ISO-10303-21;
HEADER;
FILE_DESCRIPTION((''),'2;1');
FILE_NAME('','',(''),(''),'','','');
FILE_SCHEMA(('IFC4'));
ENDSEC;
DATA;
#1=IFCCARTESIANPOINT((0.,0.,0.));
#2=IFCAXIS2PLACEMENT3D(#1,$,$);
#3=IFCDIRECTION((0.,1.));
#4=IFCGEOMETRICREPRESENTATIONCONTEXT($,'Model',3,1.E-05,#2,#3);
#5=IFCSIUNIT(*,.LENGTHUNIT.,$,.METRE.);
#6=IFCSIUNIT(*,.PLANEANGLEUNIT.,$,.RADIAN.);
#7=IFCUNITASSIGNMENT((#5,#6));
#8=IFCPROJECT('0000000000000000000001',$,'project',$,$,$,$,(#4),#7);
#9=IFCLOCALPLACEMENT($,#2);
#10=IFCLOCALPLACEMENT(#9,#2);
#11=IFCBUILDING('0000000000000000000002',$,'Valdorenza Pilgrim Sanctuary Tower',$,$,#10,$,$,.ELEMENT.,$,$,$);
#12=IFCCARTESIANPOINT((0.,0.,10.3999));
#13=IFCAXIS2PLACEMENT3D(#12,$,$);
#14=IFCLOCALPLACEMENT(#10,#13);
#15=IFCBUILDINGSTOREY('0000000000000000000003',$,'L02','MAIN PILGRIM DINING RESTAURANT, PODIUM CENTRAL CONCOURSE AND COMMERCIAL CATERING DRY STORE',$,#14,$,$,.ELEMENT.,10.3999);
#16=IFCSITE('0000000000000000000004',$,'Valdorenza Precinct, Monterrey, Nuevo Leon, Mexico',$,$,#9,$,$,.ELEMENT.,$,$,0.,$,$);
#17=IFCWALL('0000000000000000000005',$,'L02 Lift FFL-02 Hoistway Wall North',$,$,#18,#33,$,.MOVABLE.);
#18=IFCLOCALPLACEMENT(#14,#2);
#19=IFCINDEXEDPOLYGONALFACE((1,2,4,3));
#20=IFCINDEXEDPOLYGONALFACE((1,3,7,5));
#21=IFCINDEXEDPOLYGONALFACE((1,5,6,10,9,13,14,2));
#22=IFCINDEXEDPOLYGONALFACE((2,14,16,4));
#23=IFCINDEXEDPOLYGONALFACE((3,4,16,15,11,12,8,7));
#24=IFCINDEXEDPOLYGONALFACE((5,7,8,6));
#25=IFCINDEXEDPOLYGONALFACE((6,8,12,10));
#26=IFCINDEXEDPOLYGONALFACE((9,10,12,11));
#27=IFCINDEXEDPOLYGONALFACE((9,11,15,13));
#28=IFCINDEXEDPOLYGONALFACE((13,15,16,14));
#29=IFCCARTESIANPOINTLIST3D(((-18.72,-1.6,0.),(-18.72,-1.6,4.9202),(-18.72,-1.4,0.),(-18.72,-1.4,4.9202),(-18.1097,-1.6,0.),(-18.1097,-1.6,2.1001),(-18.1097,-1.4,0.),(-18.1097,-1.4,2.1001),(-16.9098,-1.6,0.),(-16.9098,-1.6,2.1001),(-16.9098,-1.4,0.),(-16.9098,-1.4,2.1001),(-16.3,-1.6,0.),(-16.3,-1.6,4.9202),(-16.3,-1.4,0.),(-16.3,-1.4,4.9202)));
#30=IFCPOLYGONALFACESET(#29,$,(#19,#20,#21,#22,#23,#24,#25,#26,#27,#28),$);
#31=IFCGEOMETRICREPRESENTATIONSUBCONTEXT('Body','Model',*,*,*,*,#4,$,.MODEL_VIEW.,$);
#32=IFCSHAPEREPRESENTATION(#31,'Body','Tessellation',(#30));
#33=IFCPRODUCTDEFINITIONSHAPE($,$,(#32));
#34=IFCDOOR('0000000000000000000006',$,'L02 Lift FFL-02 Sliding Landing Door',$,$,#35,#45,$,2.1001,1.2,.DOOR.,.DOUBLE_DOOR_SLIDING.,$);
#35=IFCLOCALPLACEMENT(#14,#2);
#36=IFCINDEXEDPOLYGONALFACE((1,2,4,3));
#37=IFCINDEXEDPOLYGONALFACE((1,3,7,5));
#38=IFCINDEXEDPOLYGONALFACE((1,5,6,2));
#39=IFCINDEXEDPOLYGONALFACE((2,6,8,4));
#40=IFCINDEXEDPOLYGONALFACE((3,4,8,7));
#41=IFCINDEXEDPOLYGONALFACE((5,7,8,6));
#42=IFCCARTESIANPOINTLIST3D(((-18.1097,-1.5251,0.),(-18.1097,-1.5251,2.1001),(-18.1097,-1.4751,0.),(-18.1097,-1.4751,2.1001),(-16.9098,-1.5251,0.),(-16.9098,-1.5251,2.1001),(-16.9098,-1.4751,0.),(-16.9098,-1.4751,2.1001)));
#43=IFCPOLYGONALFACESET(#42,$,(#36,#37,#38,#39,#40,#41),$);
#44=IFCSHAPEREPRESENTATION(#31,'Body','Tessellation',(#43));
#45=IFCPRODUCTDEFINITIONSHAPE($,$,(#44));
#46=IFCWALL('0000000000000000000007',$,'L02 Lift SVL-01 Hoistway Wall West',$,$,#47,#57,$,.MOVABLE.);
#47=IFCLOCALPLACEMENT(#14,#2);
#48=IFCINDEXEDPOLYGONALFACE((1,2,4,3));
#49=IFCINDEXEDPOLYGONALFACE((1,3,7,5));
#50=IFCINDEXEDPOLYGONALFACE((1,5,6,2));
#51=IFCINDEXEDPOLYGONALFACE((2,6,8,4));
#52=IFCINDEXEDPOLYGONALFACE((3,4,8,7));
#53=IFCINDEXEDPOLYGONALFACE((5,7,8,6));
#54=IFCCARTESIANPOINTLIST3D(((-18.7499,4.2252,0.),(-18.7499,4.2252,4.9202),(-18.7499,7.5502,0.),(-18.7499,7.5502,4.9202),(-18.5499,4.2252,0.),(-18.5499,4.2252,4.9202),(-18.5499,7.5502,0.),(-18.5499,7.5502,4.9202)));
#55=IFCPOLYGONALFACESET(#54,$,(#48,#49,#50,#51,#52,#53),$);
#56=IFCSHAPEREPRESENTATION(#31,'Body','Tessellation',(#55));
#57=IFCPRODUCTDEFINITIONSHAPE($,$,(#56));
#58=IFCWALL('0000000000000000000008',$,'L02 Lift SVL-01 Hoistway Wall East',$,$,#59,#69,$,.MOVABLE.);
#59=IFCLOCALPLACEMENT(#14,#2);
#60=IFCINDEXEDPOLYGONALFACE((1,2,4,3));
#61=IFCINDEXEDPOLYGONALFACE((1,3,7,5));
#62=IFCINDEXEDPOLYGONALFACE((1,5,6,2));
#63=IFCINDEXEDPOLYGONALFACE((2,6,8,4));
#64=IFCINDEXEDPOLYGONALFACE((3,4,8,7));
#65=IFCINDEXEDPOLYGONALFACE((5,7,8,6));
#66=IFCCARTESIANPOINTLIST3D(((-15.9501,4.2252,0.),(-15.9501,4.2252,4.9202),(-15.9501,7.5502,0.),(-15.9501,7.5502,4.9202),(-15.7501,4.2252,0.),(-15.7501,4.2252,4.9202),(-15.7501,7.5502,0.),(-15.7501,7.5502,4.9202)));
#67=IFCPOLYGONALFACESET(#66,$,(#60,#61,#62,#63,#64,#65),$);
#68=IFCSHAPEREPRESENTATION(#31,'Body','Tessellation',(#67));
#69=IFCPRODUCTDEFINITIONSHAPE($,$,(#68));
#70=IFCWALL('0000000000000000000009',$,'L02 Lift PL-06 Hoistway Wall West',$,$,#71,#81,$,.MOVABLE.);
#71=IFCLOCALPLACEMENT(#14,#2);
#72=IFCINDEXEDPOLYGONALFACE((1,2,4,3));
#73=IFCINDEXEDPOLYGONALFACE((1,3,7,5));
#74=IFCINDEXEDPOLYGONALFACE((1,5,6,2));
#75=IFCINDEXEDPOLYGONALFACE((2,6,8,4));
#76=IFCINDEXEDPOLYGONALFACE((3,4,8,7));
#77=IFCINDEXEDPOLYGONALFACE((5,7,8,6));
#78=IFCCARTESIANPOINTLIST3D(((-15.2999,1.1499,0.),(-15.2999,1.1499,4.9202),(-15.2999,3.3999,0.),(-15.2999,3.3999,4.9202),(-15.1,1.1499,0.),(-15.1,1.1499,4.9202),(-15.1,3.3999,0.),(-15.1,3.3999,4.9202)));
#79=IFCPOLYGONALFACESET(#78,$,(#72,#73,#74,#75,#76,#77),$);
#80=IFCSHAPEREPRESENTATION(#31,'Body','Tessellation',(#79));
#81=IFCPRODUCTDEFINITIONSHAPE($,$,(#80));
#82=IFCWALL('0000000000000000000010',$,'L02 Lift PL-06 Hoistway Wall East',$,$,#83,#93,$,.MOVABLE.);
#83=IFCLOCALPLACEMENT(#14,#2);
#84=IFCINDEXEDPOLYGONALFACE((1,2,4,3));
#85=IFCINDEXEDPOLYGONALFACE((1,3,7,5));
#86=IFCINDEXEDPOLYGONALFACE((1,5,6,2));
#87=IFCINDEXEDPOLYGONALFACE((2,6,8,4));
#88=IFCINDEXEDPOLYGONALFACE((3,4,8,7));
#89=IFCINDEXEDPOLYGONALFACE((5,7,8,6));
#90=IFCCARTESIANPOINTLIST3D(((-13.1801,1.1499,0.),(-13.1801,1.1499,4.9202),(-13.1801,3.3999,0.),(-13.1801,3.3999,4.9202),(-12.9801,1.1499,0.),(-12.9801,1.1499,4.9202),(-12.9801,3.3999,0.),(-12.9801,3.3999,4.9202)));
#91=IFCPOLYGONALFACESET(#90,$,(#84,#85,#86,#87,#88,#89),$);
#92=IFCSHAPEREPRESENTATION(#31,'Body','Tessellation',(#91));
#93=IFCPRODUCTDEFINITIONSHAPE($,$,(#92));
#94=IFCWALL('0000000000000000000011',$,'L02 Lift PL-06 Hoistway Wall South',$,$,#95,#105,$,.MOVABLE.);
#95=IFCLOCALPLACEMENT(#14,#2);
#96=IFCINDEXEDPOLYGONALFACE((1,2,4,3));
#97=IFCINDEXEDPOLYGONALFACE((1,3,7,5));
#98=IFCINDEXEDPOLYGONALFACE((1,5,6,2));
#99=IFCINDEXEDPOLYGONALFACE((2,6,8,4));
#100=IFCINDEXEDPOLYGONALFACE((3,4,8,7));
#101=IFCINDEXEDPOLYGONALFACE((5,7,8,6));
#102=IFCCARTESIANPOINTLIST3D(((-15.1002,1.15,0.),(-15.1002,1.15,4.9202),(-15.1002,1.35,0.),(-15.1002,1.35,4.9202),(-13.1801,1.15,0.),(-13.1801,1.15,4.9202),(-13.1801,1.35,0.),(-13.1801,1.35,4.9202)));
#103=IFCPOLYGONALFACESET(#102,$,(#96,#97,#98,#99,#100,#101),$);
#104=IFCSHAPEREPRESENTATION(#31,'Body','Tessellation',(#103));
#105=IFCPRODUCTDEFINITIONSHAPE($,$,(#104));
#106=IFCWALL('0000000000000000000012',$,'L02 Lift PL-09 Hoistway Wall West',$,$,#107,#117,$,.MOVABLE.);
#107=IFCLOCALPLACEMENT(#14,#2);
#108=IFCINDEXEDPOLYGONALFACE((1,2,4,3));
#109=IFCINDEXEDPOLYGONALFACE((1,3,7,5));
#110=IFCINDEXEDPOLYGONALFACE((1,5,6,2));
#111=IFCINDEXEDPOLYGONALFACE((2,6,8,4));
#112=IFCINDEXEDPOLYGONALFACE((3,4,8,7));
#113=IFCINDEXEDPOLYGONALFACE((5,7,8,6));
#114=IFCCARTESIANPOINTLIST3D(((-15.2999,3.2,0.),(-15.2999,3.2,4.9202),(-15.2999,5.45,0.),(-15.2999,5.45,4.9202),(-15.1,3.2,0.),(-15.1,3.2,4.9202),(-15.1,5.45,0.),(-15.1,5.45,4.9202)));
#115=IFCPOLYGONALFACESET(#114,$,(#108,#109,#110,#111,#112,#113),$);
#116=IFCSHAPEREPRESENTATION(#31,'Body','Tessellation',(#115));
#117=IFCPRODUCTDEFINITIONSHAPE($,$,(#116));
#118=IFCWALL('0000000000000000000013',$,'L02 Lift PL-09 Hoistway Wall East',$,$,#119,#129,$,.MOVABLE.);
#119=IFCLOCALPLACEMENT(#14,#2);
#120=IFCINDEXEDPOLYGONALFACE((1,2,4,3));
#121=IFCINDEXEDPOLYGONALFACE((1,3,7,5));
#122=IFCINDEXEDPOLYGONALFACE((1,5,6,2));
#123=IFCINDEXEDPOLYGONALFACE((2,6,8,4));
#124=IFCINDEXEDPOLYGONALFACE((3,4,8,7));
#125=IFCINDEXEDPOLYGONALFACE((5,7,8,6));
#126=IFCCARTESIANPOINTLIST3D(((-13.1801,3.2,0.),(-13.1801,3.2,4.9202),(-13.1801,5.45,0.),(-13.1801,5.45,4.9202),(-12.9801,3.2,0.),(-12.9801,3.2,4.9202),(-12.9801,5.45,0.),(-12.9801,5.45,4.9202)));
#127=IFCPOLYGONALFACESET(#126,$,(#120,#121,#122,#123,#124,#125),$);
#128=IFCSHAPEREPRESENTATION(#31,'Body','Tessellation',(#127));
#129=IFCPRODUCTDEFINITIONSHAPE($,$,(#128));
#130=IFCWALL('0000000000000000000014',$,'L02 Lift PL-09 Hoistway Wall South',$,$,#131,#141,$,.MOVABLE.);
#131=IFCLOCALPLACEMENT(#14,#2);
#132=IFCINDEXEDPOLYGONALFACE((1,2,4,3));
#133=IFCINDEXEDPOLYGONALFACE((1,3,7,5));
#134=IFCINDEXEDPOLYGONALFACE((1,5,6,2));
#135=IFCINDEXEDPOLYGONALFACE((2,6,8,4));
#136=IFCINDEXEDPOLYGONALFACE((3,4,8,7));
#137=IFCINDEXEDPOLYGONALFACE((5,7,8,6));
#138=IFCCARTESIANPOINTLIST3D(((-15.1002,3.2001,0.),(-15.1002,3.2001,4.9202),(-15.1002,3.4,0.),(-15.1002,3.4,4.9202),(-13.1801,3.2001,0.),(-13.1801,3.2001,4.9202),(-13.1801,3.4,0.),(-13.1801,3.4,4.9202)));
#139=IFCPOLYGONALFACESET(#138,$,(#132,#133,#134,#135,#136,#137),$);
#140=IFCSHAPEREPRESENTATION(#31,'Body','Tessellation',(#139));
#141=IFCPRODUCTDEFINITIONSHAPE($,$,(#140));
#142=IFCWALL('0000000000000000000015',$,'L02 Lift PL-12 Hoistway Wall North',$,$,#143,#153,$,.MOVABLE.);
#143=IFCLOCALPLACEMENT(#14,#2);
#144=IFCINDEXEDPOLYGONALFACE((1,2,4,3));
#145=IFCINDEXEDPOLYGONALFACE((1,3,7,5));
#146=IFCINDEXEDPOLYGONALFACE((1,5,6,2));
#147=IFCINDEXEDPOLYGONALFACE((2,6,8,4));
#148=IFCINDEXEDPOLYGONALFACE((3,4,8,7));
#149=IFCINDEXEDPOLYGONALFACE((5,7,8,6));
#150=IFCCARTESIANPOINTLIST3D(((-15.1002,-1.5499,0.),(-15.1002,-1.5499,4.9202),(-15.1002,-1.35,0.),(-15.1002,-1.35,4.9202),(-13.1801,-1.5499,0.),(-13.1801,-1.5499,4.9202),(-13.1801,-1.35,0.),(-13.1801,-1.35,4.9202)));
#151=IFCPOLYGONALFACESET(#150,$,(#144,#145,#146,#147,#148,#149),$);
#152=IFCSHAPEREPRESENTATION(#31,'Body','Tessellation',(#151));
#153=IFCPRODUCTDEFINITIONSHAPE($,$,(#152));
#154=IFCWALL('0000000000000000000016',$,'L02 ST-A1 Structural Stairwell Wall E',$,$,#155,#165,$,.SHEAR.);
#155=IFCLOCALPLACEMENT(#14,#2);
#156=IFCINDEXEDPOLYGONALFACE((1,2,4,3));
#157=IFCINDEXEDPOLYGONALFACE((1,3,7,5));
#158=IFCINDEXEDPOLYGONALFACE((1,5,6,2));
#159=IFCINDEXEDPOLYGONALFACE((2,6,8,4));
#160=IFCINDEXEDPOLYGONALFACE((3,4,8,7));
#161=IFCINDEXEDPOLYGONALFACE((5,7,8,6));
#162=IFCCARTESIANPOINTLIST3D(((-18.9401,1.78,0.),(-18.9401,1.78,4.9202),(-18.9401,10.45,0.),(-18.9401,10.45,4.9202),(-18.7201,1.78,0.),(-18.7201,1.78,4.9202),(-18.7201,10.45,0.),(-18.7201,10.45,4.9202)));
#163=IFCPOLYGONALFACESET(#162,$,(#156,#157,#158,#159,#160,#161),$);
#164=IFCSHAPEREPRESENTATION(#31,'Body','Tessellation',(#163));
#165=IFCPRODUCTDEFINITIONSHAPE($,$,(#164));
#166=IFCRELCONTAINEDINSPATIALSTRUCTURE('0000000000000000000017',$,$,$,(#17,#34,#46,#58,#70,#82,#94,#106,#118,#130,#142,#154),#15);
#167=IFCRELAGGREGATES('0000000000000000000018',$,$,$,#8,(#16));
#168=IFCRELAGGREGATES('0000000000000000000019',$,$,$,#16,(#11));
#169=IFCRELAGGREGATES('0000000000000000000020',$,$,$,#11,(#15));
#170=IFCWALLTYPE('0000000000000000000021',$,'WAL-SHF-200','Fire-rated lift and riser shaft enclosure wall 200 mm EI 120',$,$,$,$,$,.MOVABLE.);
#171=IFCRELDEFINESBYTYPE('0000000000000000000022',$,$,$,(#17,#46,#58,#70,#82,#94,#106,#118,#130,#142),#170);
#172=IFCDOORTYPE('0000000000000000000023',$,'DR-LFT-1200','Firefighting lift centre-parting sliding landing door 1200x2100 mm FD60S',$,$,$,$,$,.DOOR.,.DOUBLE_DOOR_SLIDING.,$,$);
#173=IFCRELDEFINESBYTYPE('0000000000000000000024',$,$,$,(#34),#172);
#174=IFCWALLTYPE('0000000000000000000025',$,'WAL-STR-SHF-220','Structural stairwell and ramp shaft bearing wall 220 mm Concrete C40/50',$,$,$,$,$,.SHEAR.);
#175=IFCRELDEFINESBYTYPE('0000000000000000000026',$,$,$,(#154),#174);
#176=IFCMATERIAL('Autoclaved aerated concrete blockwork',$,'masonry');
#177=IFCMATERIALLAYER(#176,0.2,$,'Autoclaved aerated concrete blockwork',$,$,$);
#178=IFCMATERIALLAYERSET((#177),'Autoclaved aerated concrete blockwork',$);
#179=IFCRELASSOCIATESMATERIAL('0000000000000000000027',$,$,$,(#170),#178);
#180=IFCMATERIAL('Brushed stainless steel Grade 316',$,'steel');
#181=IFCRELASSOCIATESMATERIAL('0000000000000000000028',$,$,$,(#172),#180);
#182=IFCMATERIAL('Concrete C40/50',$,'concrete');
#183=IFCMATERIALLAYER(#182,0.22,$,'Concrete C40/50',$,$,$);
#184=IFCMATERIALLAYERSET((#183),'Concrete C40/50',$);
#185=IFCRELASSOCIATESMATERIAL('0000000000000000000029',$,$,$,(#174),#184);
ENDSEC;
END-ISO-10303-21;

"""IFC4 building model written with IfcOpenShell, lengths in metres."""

from ifc_helpers import new_model, si_unit, direction, frame, frame_2d, origin, place, context, subcontext, project, spatial, rectangle, extrude, material, layer, layer_set, type_object, element, fill, save


model = new_model("IFC4")

# Units and contexts
model_context = context("Model", 3, precision=1e-05, world=origin(), true_north=direction((0.0, 1.0)))
body_context = subcontext(model_context, "Body", "Model", "MODEL_VIEW")
ifc_project = project(units=[si_unit("LENGTHUNIT", "METRE"), si_unit("PLANEANGLEUNIT", "RADIAN")], contexts=[model_context])

# Site, building, storey
site_placement = place(None, origin())
site = spatial("IfcSite", under=ifc_project, at=site_placement, Name="Valdorenza Precinct, Monterrey, Nuevo Leon, Mexico", CompositionType="ELEMENT", RefElevation=0.0)
building_placement = place(site_placement, origin())
building = spatial("IfcBuilding", under=site, at=building_placement, Name="Valdorenza Pilgrim Sanctuary Tower", CompositionType="ELEMENT")
storey_placement = place(building_placement, frame((0.0, 0.0, 10.3999)))
storey = spatial("IfcBuildingStorey", under=building, at=storey_placement, Name="L02", Description="MAIN PILGRIM DINING RESTAURANT, PODIUM CENTRAL CONCOURSE AND COMMERCIAL CATERING DRY STORE", CompositionType="ELEMENT", Elevation=10.3999)

# Shared definitions
ifc_material_1 = material(Name="Autoclaved aerated concrete blockwork", Category="masonry")
ifc_layer_1 = layer(ifc_material_1, 0.2, Name="Autoclaved aerated concrete blockwork")
ifc_layer_set_1 = layer_set([ifc_layer_1], Name="Autoclaved aerated concrete blockwork")
wall_type_1 = type_object("IfcWallType", Name="WAL-SHF-200", Description="Fire-rated lift and riser shaft enclosure wall 200 mm EI 120", PredefinedType="MOVABLE", material=ifc_layer_set_1)

# Wall, opening, door
ifc_material_2 = material(Name="Brushed stainless steel Grade 316", Category="steel")
door_type_1 = type_object("IfcDoorType", Name="DR-LFT-1200", Description="Firefighting lift centre-parting sliding landing door 1200x2100 mm FD60S", OperationType="DOUBLE_DOOR_SLIDING", PredefinedType="DOOR", material=ifc_material_2)
wall_1_placement = place(storey_placement, frame((-18.72, -1.5, 0.0), z_axis=(0.0, 0.0, 1.0), x_axis=(1.0, 0.0, 0.0)))
wall_1 = element("IfcWall", 1, at=wall_1_placement, inside=storey, type_object=wall_type_1, Name="L02 Lift FFL-02 Hoistway Wall North", PredefinedType="MOVABLE", context=body_context, shape_type="SweptSolid", body=[
    extrude(rectangle(XDim=2.4199, YDim=0.2, at=frame_2d((1.21, 0.0))), origin(), (0.0, 0.0, 1.0), 4.9202),
])
opening_1_placement = place(wall_1_placement, frame((0.6101, 0.0, 0.0)))
opening_1 = element("IfcOpeningElement", 2, at=opening_1_placement, cuts=wall_1, PredefinedType="OPENING", context=body_context, shape_type="SweptSolid", body=[
    extrude(rectangle(XDim=1.2, YDim=2.1001, at=frame_2d((0.6001, 1.05))), frame((0.0, 0.1147, 0.0), z_axis=(0.0, -1.0, 0.0), x_axis=(1.0, 0.0, 0.0)), (0.0, 0.0, 1.0), 0.2297),
])
door_1_placement = place(opening_1_placement, origin())
door_1 = element("IfcDoor", 3, at=door_1_placement, inside=storey, type_object=door_type_1, Name="L02 Lift FFL-02 Sliding Landing Door", OperationType="DOUBLE_DOOR_SLIDING", OverallHeight=2.1001, OverallWidth=1.2, PredefinedType="DOOR", context=body_context, shape_type="SweptSolid", body=[
    extrude(rectangle(XDim=1.2, YDim=2.1001, at=frame_2d((0.6001, 1.05))), frame((0.0, 0.0249, 0.0), z_axis=(0.0, -1.0, 0.0), x_axis=(1.0, 0.0, 0.0)), (0.0, 0.0, 1.0), 0.05),
])
fill(opening_1, door_1)

# Walls
for number, where, z_axis, x_axis, name in (
    (4, (-18.6499, 4.2251, 0.0), (0.0, 0.0, 1.0), (0.0, 1.0, 0.0), "L02 Lift SVL-01 Hoistway Wall West"),
    (5, (-15.8501, 4.2251, 0.0), (0.0, 0.0, 1.0), (0.0, 1.0, 0.0), "L02 Lift SVL-01 Hoistway Wall East"),
):
    element("IfcWall", number, at=place(storey_placement, frame(where, z_axis=z_axis, x_axis=x_axis)), inside=storey, type_object=wall_type_1, Name=name, PredefinedType="MOVABLE", context=body_context, shape_type="SweptSolid", body=[
        extrude(rectangle(XDim=3.325, YDim=0.2, at=frame_2d((1.6626, 0.0))), origin(), (0.0, 0.0, 1.0), 4.9202),
    ])
for number, where, z_axis, x_axis, name in (
    (6, (-15.2, 1.1499, 0.0), (0.0, 0.0, 1.0), (0.0, 1.0, 0.0), "L02 Lift PL-06 Hoistway Wall West"),
    (7, (-13.0801, 1.1499, 0.0), (0.0, 0.0, 1.0), (0.0, 1.0, 0.0), "L02 Lift PL-06 Hoistway Wall East"),
):
    element("IfcWall", number, at=place(storey_placement, frame(where, z_axis=z_axis, x_axis=x_axis)), inside=storey, type_object=wall_type_1, Name=name, PredefinedType="MOVABLE", context=body_context, shape_type="SweptSolid", body=[
        extrude(rectangle(XDim=2.25, YDim=0.2, at=frame_2d((1.125, 0.0))), origin(), (0.0, 0.0, 1.0), 4.9202),
    ])
wall_2_placement = place(storey_placement, frame((-15.1001, 1.25, 0.0), z_axis=(0.0, 0.0, 1.0), x_axis=(1.0, 0.0, 0.0)))
element("IfcWall", 8, at=wall_2_placement, inside=storey, type_object=wall_type_1, Name="L02 Lift PL-06 Hoistway Wall South", PredefinedType="MOVABLE", context=body_context, shape_type="SweptSolid", body=[
    extrude(rectangle(XDim=1.9202, YDim=0.2, at=frame_2d((0.96, 0.0))), origin(), (0.0, 0.0, 1.0), 4.9202),
])
for number, where, z_axis, x_axis, name in (
    (9, (-15.2, 3.2, 0.0), (0.0, 0.0, 1.0), (0.0, 1.0, 0.0), "L02 Lift PL-09 Hoistway Wall West"),
    (10, (-13.0801, 3.2, 0.0), (0.0, 0.0, 1.0), (0.0, 1.0, 0.0), "L02 Lift PL-09 Hoistway Wall East"),
):
    element("IfcWall", number, at=place(storey_placement, frame(where, z_axis=z_axis, x_axis=x_axis)), inside=storey, type_object=wall_type_1, Name=name, PredefinedType="MOVABLE", context=body_context, shape_type="SweptSolid", body=[
        extrude(rectangle(XDim=2.25, YDim=0.2, at=frame_2d((1.125, 0.0))), origin(), (0.0, 0.0, 1.0), 4.9202),
    ])
for number, where, z_axis, x_axis, name in (
    (11, (-15.1001, 3.3, 0.0), (0.0, 0.0, 1.0), (1.0, 0.0, 0.0), "L02 Lift PL-09 Hoistway Wall South"),
    (12, (-15.1001, -1.45, 0.0), (0.0, 0.0, 1.0), (1.0, 0.0, 0.0), "L02 Lift PL-12 Hoistway Wall North"),
):
    element("IfcWall", number, at=place(storey_placement, frame(where, z_axis=z_axis, x_axis=x_axis)), inside=storey, type_object=wall_type_1, Name=name, PredefinedType="MOVABLE", context=body_context, shape_type="SweptSolid", body=[
        extrude(rectangle(XDim=1.9202, YDim=0.2, at=frame_2d((0.96, 0.0))), origin(), (0.0, 0.0, 1.0), 4.9202),
    ])
ifc_material_3 = material(Name="Concrete C40/50", Category="concrete")
ifc_layer_2 = layer(ifc_material_3, 0.22, Name="Concrete C40/50")
ifc_layer_set_2 = layer_set([ifc_layer_2], Name="Concrete C40/50")
wall_type_2 = type_object("IfcWallType", Name="WAL-STR-SHF-220", Description="Structural stairwell and ramp shaft bearing wall 220 mm Concrete C40/50", PredefinedType="SHEAR", material=ifc_layer_set_2)
wall_3_placement = place(storey_placement, frame((-18.8301, 1.78, 0.0), z_axis=(0.0, 0.0, 1.0), x_axis=(0.0, 1.0, 0.0)))
element("IfcWall", 13, at=wall_3_placement, inside=storey, type_object=wall_type_2, Name="L02 ST-A1 Structural Stairwell Wall E", PredefinedType="SHEAR", context=body_context, shape_type="SweptSolid", body=[
    extrude(rectangle(XDim=8.6699, YDim=0.22, at=frame_2d((4.335, 0.0))), origin(), (0.0, 0.0, 1.0), 4.9202),
])

save(model, "model.ifc")
